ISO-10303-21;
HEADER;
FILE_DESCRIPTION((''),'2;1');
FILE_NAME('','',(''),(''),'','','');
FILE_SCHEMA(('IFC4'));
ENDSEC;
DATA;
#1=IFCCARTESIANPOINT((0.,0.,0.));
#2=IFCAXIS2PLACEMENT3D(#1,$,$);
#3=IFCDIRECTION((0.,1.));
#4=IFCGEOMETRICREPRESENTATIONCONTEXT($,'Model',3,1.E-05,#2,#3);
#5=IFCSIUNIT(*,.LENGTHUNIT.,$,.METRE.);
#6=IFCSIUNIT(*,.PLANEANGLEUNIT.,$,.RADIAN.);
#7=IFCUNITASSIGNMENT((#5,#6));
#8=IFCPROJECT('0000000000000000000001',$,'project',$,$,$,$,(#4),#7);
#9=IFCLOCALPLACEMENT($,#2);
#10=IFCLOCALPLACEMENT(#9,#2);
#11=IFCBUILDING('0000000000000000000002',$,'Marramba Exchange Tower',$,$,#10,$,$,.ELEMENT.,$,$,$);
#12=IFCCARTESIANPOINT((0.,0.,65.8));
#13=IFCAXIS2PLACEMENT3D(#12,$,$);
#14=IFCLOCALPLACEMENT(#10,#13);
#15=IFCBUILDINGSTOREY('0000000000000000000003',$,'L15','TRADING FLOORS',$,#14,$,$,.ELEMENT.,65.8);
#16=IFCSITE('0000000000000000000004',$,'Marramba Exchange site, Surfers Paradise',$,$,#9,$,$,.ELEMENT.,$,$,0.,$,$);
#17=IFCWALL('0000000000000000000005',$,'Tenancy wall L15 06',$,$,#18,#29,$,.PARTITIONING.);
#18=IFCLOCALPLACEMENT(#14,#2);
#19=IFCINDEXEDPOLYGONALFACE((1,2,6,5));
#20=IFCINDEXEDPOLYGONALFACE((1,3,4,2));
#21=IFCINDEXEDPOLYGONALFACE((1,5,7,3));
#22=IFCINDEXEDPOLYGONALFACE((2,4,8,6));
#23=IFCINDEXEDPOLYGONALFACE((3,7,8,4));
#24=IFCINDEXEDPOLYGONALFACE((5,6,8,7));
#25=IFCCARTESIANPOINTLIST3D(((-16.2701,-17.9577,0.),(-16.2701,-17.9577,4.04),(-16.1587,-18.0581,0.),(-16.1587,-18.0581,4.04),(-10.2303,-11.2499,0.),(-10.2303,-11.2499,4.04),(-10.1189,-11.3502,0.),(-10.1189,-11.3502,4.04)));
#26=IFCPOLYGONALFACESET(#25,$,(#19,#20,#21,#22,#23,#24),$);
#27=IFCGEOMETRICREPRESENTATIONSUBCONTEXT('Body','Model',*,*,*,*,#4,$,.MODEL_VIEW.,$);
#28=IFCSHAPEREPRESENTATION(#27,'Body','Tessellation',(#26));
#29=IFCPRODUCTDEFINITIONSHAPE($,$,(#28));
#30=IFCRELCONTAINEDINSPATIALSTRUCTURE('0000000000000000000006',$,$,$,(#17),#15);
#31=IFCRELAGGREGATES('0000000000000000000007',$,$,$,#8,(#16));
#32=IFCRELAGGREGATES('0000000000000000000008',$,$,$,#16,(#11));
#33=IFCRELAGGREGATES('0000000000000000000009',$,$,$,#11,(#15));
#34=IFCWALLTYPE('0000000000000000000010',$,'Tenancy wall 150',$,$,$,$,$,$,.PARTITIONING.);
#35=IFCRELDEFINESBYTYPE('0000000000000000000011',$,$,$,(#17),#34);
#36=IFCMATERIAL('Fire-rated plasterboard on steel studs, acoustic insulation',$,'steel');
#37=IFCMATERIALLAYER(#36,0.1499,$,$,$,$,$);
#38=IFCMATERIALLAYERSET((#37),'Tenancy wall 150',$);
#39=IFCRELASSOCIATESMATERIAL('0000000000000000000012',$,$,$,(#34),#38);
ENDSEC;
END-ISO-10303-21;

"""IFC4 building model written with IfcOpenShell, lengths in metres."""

from ifc_helpers import new_model, si_unit, direction, frame, frame_2d, origin, place, context, subcontext, project, spatial, rectangle, extrude, material, layer, layer_set, type_object, element, save


model = new_model("IFC4")

# Units and contexts
model_context = context("Model", 3, precision=1e-05, world=origin(), true_north=direction((0.0, 1.0)))
body_context = subcontext(model_context, "Body", "Model", "MODEL_VIEW")
ifc_project = project(units=[si_unit("LENGTHUNIT", "METRE"), si_unit("PLANEANGLEUNIT", "RADIAN")], contexts=[model_context])

# Site, building, storey
site_placement = place(None, origin())
site = spatial("IfcSite", under=ifc_project, at=site_placement, Name="Marramba Exchange site, Surfers Paradise", CompositionType="ELEMENT", RefElevation=0.0)
building_placement = place(site_placement, origin())
building = spatial("IfcBuilding", under=site, at=building_placement, Name="Marramba Exchange Tower", CompositionType="ELEMENT")
storey_placement = place(building_placement, frame((0.0, 0.0, 65.8)))
storey = spatial("IfcBuildingStorey", under=building, at=storey_placement, Name="L15", Description="TRADING FLOORS", CompositionType="ELEMENT", Elevation=65.8)

# Wall
ifc_material_1 = material(Name="Fire-rated plasterboard on steel studs, acoustic insulation", Category="steel")
ifc_layer_1 = layer(ifc_material_1, 0.1499)
ifc_layer_set_1 = layer_set([ifc_layer_1], Name="Tenancy wall 150")
wall_type_1 = type_object("IfcWallType", Name="Tenancy wall 150", PredefinedType="PARTITIONING", material=ifc_layer_set_1)
wall_1_placement = place(storey_placement, frame((-10.1746, -11.3, 0.0), z_axis=(0.0, 0.0, 1.0), x_axis=(-0.669137, -0.743139, 0.0)))
element("IfcWall", 1, at=wall_1_placement, inside=storey, type_object=wall_type_1, Name="Tenancy wall L15 06", PredefinedType="PARTITIONING", context=body_context, shape_type="SweptSolid", body=[
    extrude(rectangle(XDim=9.0264, YDim=0.1499, at=frame_2d((4.5132, 0.0))), origin(), (0.0, 0.0, 1.0), 4.04),
])

save(model, "model.ifc")
